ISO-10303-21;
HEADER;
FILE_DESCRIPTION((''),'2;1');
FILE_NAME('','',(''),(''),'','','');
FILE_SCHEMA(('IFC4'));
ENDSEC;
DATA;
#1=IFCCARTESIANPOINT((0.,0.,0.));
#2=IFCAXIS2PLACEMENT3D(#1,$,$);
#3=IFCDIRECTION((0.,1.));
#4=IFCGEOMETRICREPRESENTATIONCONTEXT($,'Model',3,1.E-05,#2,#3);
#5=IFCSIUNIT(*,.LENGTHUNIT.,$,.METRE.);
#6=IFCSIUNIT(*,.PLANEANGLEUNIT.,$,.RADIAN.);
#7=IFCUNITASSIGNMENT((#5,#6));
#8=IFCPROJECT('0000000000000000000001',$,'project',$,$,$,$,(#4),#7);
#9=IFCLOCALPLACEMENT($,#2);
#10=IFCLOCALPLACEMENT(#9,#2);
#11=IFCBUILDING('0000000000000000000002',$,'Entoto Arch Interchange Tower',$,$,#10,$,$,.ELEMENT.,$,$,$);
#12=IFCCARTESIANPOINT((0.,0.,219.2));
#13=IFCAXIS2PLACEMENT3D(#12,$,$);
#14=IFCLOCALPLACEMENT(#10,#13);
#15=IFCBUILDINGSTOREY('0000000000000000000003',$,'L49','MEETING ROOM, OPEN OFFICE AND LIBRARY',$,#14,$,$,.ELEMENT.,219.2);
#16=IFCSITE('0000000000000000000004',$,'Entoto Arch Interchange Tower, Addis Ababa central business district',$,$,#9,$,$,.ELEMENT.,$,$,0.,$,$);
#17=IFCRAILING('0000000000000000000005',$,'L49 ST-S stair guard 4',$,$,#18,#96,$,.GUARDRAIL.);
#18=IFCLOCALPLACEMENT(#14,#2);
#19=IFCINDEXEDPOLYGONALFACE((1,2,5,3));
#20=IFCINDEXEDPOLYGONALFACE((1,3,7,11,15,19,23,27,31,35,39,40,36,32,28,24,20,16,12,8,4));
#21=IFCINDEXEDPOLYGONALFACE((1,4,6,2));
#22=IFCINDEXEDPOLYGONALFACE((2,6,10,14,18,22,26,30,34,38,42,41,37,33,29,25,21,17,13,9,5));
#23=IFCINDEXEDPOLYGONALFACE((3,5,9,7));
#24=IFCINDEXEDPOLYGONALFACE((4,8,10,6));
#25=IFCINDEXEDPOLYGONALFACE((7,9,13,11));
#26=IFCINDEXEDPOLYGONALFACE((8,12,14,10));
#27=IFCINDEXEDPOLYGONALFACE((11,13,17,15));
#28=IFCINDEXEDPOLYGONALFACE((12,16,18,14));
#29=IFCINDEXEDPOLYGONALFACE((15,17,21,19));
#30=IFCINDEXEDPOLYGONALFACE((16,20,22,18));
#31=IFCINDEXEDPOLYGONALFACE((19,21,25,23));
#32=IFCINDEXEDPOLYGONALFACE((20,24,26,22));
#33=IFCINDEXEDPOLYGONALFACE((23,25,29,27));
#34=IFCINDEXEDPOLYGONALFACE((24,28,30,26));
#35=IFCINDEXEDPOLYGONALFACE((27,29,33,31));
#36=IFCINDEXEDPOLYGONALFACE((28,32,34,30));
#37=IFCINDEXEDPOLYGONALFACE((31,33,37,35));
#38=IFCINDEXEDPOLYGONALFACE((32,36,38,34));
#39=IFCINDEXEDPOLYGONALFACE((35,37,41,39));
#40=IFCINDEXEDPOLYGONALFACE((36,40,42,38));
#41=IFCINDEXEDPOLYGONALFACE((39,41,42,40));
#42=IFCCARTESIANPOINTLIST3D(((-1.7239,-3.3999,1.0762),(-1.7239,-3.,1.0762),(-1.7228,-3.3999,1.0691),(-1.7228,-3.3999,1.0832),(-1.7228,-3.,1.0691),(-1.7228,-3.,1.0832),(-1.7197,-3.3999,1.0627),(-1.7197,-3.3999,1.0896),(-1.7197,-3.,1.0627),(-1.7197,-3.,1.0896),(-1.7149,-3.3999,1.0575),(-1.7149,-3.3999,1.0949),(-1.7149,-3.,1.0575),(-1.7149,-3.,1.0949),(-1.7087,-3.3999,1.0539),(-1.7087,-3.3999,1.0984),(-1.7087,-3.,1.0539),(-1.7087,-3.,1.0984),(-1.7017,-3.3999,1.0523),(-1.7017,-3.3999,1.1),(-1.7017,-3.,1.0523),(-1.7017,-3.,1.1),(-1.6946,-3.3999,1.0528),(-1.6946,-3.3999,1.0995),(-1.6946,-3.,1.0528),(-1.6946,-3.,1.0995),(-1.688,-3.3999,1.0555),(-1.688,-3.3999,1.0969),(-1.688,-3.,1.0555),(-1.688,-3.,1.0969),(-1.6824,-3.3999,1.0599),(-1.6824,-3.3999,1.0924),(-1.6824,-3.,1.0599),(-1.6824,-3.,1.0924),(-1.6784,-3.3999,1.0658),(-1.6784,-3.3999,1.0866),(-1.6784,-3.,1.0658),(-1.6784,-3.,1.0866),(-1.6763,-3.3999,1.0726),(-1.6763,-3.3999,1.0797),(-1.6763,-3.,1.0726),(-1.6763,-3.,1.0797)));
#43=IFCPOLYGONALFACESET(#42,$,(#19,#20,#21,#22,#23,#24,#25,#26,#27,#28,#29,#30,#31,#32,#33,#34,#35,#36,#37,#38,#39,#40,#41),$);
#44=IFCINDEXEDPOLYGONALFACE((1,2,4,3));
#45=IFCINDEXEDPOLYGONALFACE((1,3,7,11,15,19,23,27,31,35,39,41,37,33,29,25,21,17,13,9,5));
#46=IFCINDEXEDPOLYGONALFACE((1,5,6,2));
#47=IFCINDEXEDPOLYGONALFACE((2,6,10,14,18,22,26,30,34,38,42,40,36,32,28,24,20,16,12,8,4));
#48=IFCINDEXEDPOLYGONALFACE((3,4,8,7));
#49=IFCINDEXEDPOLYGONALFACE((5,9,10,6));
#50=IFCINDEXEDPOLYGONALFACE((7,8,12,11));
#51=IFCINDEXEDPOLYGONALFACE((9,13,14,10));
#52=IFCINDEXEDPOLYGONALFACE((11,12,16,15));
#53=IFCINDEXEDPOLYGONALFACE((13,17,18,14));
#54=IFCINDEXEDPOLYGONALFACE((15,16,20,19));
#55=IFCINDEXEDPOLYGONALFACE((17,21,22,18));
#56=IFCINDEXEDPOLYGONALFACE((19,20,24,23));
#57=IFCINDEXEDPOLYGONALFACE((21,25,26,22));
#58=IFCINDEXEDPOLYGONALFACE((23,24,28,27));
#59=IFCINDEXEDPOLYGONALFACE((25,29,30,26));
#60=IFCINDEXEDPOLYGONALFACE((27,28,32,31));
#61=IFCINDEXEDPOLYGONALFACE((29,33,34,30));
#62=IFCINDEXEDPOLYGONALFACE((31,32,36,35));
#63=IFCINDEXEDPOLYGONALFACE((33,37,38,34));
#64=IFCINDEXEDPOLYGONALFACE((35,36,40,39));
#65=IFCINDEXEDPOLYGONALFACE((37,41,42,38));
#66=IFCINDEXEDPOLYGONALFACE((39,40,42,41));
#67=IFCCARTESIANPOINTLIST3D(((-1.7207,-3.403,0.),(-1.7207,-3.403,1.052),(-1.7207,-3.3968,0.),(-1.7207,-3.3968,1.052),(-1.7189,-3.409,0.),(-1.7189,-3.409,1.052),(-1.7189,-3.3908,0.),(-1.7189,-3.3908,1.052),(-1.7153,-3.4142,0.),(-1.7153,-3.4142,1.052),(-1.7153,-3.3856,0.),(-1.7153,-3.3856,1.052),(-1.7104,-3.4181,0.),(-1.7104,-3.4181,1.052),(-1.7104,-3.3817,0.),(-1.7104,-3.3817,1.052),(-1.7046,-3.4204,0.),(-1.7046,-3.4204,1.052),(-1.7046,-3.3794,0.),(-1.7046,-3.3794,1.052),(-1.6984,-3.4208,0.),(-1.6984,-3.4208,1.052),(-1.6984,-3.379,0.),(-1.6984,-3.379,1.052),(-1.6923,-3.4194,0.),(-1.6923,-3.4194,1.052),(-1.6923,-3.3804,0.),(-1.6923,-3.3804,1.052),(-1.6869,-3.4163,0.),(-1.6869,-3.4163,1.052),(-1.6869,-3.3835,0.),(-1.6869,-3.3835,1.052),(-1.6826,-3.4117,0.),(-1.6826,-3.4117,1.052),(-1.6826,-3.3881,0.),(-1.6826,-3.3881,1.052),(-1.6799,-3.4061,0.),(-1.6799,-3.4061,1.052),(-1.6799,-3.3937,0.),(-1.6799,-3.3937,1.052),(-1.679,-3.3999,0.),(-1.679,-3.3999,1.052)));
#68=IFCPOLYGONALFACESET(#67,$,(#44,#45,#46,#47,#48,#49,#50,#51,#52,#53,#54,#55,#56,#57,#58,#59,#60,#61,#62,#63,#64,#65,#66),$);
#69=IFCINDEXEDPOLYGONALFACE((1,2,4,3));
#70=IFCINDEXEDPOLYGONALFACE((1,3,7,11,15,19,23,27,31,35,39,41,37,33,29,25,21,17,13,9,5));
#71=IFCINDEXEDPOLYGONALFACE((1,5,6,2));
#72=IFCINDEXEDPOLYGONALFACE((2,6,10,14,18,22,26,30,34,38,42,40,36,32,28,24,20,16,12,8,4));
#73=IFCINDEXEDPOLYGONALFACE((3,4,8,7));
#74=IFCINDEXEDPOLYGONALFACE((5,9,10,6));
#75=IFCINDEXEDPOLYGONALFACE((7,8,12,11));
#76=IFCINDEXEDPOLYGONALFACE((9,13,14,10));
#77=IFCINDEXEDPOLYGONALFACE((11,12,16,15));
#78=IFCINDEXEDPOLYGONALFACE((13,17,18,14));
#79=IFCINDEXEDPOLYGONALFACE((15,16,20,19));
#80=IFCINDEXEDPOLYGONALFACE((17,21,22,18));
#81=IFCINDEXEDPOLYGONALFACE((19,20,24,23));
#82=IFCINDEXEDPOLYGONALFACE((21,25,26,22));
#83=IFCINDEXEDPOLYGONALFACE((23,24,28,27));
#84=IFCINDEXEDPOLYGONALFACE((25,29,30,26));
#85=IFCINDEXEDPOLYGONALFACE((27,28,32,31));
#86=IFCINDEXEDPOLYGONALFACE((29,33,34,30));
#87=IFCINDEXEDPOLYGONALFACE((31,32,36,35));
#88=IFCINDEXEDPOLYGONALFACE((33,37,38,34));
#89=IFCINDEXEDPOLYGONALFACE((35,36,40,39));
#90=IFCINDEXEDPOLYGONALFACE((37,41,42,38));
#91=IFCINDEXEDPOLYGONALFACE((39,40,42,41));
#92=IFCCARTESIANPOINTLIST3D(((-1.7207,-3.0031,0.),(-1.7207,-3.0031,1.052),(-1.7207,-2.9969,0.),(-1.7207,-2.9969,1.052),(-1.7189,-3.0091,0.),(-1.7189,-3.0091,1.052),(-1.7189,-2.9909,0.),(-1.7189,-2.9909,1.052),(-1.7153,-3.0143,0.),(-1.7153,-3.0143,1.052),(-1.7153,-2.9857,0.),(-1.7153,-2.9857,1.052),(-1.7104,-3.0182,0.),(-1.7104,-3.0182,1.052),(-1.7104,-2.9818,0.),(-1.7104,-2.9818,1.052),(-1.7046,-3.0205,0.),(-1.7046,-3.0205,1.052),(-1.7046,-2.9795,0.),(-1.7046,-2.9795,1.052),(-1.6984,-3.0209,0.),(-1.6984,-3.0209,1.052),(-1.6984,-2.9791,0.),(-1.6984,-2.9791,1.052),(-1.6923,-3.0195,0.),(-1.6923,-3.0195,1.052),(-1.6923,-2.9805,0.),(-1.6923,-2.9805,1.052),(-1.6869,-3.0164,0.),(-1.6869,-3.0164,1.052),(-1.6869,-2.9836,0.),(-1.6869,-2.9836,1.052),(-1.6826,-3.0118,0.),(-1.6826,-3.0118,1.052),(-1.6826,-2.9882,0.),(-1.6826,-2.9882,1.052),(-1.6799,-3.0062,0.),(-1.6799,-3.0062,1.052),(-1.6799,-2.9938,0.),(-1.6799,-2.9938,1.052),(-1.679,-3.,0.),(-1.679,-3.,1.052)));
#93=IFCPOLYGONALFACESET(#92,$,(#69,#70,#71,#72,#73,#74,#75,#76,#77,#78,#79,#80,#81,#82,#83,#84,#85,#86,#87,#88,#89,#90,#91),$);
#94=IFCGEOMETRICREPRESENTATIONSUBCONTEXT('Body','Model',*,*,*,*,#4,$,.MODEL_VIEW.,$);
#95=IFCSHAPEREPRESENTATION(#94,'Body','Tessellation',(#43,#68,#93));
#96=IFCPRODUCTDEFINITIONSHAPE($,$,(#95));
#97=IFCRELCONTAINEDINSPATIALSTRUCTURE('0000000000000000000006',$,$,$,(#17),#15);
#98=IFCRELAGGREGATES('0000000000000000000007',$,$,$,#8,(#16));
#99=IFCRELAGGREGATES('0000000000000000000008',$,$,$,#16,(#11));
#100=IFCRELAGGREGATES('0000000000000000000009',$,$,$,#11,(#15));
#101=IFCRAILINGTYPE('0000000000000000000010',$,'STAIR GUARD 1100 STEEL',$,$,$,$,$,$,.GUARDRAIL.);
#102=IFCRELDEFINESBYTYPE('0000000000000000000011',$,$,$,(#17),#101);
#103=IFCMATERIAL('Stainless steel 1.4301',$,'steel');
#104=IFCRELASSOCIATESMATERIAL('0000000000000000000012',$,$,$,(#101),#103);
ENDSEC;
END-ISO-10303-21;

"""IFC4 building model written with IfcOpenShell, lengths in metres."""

from ifc_helpers import new_model, si_unit, direction, frame, origin, origin_2d, place, context, subcontext, project, spatial, circle, extrude, material, type_object, element, save


model = new_model("IFC4")

# Units and contexts
model_context = context("Model", 3, precision=1e-05, world=origin(), true_north=direction((0.0, 1.0)))
body_context = subcontext(model_context, "Body", "Model", "MODEL_VIEW")
ifc_project = project(units=[si_unit("LENGTHUNIT", "METRE"), si_unit("PLANEANGLEUNIT", "RADIAN")], contexts=[model_context])

# Site, building, storey
site_placement = place(None, origin())
site = spatial("IfcSite", under=ifc_project, at=site_placement, Name="Entoto Arch Interchange Tower, Addis Ababa central business district", CompositionType="ELEMENT", RefElevation=0.0)
building_placement = place(site_placement, origin())
building = spatial("IfcBuilding", under=site, at=building_placement, Name="Entoto Arch Interchange Tower", CompositionType="ELEMENT")
storey_placement = place(building_placement, frame((0.0, 0.0, 219.2)))
storey = spatial("IfcBuildingStorey", under=building, at=storey_placement, Name="L49", Description="MEETING ROOM, OPEN OFFICE AND LIBRARY", CompositionType="ELEMENT", Elevation=219.2)

# Railing
ifc_material_1 = material(Name="Stainless steel 1.4301", Category="steel")
railing_type_1 = type_object("IfcRailingType", Name="STAIR GUARD 1100 STEEL", PredefinedType="GUARDRAIL", material=ifc_material_1)
railing_1_placement = place(storey_placement, frame((-1.7, -3.3999, 0.0)))
element("IfcRailing", 1, at=railing_1_placement, inside=storey, type_object=railing_type_1, Name="L49 ST-S stair guard 4", PredefinedType="GUARDRAIL", context=body_context, shape_type="SweptSolid", body=[
    extrude(circle(Radius=0.0239, at=origin_2d()), frame((0.0, 0.0, 1.0762), z_axis=(0.0, 1.0, 0.0), x_axis=(-1.0, 0.0, 0.0)), (0.0, 0.0, 1.0), 0.3999),
    extrude(circle(Radius=0.021, at=origin_2d()), origin(), (0.0, 0.0, 1.0), 1.052),
    extrude(circle(Radius=0.021, at=origin_2d()), frame((0.0, 0.3999, 0.0)), (0.0, 0.0, 1.0), 1.052),
])

save(model, "model.ifc")
